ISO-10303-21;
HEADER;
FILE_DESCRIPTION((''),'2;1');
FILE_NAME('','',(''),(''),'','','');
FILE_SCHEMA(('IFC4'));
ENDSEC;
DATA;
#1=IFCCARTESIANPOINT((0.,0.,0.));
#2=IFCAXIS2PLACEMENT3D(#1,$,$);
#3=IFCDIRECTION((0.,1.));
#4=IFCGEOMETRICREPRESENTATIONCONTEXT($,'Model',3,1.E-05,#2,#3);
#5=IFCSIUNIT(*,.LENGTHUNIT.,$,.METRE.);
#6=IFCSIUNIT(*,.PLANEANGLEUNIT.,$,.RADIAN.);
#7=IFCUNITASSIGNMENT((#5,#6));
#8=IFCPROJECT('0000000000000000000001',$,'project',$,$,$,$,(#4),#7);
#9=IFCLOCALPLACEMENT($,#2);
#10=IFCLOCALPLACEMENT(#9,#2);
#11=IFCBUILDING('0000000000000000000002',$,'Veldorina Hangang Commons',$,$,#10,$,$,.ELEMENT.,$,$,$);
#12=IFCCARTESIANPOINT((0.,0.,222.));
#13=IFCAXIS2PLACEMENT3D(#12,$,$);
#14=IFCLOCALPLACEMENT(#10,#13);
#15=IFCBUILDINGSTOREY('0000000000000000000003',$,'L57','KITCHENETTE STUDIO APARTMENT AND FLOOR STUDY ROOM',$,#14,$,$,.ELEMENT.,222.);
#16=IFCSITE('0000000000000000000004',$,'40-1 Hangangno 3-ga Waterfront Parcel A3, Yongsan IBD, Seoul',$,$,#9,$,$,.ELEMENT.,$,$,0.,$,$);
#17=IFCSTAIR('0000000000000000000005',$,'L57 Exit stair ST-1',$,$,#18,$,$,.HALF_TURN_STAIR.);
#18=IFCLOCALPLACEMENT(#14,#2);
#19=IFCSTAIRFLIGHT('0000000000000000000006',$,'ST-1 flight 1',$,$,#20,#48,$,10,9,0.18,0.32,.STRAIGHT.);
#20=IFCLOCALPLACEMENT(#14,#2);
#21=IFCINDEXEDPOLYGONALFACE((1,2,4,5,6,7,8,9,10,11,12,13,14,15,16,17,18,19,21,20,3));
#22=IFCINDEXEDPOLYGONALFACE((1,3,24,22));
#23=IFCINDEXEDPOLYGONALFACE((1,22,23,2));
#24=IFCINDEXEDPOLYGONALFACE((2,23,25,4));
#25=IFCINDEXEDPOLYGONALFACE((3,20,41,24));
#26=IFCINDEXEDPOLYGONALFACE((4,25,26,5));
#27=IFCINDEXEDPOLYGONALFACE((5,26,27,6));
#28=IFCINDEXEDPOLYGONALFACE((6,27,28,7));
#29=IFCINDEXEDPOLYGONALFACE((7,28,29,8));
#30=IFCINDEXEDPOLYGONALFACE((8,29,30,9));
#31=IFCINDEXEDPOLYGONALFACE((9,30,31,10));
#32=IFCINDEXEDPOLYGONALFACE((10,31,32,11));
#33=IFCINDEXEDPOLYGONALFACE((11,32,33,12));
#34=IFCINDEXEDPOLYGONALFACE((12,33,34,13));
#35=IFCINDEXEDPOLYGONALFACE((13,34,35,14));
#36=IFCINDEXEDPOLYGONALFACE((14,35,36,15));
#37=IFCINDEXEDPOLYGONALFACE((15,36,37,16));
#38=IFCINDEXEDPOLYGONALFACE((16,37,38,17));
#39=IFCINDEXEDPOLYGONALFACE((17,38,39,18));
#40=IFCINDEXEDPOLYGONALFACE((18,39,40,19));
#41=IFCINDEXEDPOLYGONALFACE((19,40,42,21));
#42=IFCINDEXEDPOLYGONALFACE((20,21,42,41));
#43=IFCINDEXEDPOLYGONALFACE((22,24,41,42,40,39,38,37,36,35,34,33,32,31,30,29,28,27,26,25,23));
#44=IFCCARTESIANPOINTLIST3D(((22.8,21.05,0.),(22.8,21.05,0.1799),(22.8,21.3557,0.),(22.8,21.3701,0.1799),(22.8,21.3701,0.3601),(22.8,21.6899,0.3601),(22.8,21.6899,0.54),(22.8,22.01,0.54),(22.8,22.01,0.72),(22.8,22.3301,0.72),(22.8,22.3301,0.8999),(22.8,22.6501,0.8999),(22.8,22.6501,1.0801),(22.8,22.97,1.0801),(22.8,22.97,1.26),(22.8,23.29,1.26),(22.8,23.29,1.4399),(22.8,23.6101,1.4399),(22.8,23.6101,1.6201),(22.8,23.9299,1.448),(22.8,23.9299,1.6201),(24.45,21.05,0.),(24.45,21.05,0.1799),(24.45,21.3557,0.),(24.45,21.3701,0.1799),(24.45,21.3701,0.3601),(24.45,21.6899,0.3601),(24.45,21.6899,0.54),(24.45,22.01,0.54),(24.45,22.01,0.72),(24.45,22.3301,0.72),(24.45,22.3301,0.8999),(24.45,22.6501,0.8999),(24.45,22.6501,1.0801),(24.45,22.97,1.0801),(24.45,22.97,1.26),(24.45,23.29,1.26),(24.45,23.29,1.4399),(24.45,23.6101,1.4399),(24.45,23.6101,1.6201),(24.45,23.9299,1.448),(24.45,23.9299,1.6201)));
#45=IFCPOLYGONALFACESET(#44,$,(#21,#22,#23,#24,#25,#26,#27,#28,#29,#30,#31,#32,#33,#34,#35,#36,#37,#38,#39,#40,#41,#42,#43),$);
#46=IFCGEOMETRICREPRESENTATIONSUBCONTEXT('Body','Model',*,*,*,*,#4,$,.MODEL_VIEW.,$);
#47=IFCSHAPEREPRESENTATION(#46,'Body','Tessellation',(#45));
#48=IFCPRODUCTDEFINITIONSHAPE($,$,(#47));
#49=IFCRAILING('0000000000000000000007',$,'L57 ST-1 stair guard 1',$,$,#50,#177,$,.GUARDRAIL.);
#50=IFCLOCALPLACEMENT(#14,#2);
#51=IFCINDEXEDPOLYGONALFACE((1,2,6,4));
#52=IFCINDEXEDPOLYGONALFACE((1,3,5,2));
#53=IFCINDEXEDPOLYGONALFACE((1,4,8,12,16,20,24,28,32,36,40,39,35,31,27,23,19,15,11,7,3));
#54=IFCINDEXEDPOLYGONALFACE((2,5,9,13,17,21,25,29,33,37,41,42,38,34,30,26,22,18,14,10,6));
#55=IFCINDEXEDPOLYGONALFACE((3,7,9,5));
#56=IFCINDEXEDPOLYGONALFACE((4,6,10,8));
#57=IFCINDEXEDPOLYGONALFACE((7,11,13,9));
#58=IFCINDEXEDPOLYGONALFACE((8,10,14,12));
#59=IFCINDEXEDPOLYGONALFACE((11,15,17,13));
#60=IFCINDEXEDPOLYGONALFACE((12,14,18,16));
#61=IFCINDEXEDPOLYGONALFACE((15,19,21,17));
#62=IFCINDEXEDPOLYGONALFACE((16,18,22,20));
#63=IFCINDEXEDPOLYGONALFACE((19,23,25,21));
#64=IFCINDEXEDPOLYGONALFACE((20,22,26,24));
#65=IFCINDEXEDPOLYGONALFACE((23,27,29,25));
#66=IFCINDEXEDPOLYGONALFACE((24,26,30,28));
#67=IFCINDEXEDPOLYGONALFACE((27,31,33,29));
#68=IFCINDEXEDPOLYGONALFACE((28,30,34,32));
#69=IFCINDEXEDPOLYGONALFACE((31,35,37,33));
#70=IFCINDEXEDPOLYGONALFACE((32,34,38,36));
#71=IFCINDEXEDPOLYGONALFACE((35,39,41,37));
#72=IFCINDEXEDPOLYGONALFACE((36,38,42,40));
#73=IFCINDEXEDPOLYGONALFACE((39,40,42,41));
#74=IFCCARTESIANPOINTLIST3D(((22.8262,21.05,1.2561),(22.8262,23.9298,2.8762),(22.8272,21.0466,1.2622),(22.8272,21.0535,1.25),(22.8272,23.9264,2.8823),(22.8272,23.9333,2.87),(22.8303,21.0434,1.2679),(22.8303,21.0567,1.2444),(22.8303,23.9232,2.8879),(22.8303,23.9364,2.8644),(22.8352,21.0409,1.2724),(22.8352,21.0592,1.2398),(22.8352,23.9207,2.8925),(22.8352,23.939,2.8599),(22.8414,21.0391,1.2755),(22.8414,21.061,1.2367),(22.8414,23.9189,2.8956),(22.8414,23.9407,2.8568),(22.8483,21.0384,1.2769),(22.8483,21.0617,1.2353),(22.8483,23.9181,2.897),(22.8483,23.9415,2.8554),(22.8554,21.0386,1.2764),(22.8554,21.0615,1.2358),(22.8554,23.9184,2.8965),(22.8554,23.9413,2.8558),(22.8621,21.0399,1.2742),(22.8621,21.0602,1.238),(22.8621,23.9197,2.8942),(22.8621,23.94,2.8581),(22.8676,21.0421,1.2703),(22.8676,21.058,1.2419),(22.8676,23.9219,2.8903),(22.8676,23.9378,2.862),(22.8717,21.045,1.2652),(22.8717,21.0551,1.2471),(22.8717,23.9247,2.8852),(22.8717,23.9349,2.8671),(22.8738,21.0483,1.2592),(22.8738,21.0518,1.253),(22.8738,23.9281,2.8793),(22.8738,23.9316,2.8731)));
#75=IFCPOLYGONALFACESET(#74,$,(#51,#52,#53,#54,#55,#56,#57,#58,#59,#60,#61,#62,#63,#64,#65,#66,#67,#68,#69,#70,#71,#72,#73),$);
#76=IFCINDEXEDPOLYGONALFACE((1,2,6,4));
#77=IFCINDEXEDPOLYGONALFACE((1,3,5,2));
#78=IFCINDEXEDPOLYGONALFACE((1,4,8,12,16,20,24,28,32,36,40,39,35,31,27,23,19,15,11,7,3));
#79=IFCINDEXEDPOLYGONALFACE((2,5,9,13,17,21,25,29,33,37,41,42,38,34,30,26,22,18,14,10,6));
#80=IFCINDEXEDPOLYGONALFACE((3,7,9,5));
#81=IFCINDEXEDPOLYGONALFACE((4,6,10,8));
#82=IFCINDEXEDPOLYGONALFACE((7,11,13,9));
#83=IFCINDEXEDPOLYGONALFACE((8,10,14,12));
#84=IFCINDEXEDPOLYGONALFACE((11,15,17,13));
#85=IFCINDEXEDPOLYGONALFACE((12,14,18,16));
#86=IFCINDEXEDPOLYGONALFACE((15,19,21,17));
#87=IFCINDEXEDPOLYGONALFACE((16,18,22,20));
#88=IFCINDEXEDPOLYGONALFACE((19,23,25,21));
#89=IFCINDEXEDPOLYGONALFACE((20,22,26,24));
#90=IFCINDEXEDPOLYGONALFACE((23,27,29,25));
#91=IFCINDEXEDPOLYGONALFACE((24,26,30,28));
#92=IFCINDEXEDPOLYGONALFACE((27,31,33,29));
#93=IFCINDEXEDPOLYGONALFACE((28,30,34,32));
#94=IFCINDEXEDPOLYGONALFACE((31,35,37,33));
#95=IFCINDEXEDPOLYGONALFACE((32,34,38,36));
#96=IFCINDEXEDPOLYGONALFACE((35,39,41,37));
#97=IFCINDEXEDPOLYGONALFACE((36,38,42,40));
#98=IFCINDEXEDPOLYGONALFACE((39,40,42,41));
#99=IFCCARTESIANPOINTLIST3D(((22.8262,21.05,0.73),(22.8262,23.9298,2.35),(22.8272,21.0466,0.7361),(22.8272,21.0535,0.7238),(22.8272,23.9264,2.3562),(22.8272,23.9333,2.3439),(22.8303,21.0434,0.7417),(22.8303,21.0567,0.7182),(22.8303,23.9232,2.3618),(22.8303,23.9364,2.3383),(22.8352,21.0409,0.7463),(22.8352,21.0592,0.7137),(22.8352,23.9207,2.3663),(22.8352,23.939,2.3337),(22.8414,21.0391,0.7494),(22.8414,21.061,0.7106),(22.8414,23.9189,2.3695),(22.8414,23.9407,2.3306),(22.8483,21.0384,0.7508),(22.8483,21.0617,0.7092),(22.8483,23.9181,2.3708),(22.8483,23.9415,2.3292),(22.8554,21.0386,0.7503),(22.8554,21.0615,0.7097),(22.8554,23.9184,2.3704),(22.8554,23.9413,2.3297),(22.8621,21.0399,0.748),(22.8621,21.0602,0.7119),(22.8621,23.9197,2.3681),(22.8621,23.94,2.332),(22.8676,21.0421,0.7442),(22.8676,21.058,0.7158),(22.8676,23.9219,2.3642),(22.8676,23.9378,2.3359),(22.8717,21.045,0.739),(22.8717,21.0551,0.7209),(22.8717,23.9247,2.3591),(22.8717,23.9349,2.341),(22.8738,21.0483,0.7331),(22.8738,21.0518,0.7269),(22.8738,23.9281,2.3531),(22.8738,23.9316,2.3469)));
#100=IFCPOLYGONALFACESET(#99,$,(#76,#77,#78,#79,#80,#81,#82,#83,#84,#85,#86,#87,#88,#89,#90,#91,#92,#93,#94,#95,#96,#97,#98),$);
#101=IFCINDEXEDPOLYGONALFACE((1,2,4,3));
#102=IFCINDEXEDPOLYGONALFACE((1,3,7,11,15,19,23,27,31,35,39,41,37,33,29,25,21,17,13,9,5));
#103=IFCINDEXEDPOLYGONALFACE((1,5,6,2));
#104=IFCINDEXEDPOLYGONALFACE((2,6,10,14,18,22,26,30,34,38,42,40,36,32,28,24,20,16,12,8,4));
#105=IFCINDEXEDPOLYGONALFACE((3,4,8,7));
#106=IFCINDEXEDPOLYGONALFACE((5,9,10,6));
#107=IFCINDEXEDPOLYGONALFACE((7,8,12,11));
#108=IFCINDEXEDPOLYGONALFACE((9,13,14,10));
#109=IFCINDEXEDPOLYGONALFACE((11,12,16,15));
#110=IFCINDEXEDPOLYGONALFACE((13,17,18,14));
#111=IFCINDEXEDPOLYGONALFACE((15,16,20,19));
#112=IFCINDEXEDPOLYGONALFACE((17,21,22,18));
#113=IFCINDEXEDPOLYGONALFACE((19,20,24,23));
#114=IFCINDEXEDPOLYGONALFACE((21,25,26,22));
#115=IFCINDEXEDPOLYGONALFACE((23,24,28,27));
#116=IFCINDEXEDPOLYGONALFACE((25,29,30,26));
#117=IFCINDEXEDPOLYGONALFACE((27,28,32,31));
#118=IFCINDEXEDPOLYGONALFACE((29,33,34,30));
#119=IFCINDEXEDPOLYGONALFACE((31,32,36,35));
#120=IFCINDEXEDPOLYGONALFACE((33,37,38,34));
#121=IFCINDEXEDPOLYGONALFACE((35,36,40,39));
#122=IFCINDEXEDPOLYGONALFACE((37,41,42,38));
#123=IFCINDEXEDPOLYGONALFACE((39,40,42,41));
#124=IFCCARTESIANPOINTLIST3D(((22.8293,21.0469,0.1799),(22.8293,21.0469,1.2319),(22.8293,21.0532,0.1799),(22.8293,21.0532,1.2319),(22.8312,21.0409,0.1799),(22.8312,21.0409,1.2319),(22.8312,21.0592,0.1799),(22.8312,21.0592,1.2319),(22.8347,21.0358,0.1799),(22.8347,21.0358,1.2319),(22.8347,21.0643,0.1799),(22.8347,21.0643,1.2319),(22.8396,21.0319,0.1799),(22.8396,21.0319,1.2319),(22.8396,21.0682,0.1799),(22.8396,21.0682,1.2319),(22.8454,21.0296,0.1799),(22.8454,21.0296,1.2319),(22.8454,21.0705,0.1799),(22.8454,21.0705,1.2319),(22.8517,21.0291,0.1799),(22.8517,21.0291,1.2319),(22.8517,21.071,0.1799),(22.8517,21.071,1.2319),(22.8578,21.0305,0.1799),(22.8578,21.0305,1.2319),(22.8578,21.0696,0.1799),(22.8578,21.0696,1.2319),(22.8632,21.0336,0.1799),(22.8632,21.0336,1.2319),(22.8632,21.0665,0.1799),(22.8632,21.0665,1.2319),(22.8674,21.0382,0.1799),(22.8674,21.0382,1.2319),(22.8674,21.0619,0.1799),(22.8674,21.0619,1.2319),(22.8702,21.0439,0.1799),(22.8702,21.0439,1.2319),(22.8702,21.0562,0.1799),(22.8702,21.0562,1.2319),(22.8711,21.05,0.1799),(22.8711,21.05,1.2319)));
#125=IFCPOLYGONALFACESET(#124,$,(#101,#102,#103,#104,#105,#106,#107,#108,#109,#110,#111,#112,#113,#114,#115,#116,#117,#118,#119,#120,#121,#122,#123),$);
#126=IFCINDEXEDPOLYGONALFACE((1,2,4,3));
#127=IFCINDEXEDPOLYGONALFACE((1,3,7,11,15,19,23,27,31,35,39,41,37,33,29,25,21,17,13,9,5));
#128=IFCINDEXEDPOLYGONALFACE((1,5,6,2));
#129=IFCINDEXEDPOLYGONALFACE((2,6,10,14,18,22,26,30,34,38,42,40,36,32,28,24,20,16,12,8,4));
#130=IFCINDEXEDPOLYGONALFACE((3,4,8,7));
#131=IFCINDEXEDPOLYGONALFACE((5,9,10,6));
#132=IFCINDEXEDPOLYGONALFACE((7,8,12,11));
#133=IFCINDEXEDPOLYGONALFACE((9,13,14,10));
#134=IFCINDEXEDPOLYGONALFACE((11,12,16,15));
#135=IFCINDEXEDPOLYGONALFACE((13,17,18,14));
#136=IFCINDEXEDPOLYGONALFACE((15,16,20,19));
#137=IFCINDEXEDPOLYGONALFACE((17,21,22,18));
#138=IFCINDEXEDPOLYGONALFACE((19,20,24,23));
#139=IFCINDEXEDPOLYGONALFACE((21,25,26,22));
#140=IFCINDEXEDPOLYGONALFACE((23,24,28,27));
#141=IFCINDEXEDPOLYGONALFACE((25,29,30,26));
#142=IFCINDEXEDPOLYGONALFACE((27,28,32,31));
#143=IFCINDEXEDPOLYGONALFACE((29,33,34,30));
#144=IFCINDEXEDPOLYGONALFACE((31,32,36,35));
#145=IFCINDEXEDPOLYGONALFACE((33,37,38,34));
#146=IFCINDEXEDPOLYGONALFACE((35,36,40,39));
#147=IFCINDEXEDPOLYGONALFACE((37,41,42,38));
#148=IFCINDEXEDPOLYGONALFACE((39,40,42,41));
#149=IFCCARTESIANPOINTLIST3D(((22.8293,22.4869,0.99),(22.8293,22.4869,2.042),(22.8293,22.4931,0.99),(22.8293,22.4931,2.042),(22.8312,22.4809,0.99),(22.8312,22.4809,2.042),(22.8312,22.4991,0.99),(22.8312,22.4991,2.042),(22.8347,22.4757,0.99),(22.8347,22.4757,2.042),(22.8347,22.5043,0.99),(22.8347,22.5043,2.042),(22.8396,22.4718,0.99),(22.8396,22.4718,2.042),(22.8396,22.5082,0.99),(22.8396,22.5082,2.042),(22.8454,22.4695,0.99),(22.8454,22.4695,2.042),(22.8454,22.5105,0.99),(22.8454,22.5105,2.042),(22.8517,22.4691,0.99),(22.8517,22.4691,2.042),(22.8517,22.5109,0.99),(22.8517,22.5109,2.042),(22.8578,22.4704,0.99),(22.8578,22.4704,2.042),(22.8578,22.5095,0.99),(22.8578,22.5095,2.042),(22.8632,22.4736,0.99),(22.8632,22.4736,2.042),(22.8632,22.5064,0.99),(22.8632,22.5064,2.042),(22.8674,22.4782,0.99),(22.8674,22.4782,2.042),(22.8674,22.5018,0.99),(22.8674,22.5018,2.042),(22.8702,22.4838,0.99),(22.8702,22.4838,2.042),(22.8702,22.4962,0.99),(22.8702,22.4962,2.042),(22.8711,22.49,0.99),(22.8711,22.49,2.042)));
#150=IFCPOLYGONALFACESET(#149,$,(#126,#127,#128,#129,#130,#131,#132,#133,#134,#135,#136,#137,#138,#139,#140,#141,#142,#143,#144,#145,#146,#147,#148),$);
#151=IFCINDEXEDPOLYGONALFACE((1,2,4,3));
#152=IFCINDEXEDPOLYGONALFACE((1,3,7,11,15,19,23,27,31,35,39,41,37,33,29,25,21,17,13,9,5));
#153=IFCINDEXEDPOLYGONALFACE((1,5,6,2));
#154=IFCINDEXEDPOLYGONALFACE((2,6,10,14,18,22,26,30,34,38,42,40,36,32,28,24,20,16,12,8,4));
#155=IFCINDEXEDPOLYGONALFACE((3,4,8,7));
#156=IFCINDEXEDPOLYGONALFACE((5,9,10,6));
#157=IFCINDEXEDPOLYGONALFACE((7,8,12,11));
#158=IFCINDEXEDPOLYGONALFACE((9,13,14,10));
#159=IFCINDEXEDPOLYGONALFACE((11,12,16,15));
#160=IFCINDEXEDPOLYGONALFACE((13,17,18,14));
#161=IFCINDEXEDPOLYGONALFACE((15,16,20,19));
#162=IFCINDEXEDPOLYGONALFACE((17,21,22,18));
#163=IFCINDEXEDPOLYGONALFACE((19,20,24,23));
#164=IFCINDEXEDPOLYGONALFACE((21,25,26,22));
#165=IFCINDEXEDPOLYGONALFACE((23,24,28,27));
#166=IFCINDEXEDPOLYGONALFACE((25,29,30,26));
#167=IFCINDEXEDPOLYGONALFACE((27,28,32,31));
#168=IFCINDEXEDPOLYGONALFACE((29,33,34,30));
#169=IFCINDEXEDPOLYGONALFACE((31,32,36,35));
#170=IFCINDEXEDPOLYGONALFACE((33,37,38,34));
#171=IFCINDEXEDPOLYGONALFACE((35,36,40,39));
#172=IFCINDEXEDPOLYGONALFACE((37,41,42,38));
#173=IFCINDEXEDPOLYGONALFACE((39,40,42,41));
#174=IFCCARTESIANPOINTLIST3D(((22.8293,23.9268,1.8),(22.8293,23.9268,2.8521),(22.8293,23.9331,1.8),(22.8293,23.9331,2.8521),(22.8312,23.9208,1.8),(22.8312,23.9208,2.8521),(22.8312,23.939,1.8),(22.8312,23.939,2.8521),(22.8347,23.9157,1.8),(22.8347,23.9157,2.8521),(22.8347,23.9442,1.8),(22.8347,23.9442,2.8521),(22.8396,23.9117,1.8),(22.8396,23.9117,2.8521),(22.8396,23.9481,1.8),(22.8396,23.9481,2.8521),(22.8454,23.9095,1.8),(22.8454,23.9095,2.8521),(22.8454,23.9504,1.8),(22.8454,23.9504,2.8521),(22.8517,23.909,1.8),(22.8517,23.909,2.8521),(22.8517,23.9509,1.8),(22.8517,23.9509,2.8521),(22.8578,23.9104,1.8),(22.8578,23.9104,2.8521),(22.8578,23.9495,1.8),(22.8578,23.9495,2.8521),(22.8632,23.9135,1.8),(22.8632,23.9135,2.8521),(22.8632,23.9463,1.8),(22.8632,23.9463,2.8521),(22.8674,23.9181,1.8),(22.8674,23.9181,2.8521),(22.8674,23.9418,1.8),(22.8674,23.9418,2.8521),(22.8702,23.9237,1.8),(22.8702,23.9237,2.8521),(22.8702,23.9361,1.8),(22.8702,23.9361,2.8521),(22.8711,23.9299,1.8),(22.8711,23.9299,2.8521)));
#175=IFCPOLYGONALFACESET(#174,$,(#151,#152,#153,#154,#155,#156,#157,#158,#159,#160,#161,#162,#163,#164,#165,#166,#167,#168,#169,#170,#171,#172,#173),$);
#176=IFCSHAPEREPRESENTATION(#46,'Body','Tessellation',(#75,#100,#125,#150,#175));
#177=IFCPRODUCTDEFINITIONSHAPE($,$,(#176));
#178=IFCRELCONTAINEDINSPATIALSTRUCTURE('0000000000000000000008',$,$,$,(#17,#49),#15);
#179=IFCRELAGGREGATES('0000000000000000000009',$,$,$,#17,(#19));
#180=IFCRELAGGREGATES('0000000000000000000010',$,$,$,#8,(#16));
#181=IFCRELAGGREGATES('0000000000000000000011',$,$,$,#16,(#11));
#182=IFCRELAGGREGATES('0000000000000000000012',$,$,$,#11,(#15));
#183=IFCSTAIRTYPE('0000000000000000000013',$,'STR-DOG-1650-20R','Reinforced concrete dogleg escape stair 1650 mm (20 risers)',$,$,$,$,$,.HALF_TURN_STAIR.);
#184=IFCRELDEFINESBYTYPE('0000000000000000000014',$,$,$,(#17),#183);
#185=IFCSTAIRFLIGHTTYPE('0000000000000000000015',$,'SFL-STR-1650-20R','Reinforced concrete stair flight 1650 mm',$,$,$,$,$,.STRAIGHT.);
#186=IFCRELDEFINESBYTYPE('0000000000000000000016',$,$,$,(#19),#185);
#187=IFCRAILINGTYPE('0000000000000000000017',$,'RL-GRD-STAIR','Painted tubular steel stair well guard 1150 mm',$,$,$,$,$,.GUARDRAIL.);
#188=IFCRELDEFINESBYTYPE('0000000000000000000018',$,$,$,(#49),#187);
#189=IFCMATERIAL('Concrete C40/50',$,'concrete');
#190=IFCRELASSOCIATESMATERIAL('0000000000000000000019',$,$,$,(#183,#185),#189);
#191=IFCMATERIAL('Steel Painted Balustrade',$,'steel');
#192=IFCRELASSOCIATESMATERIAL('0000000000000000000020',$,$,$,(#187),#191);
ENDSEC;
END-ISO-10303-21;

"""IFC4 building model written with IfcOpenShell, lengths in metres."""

from ifc_helpers import new_model, si_unit, direction, frame, origin, origin_2d, place, context, subcontext, project, spatial, polyline, circle, outline, extrude, material, type_object, element, aggregate, save


model = new_model("IFC4")

# Units and contexts
model_context = context("Model", 3, precision=1e-05, world=origin(), true_north=direction((0.0, 1.0)))
body_context = subcontext(model_context, "Body", "Model", "MODEL_VIEW")
ifc_project = project(units=[si_unit("LENGTHUNIT", "METRE"), si_unit("PLANEANGLEUNIT", "RADIAN")], contexts=[model_context])

# Site, building, storey
site_placement = place(None, origin())
site = spatial("IfcSite", under=ifc_project, at=site_placement, Name="40-1 Hangangno 3-ga Waterfront Parcel A3, Yongsan IBD, Seoul", CompositionType="ELEMENT", RefElevation=0.0)
building_placement = place(site_placement, origin())
building = spatial("IfcBuilding", under=site, at=building_placement, Name="Veldorina Hangang Commons", CompositionType="ELEMENT")
storey_placement = place(building_placement, frame((0.0, 0.0, 222.0)))
storey = spatial("IfcBuildingStorey", under=building, at=storey_placement, Name="L57", Description="KITCHENETTE STUDIO APARTMENT AND FLOOR STUDY ROOM", CompositionType="ELEMENT", Elevation=222.0)

# Stair, stair flight
ifc_material_1 = material(Name="Concrete C40/50", Category="concrete")
stair_type = type_object("IfcStairType", Name="STR-DOG-1650-20R", Description="Reinforced concrete dogleg escape stair 1650 mm (20 risers)", PredefinedType="HALF_TURN_STAIR", material=ifc_material_1)
stair_placement = place(storey_placement, origin())
stair = element("IfcStair", 1, at=stair_placement, inside=storey, type_object=stair_type, Name="L57 Exit stair ST-1", PredefinedType="HALF_TURN_STAIR")
stair_flight_type = type_object("IfcStairFlightType", Name="SFL-STR-1650-20R", Description="Reinforced concrete stair flight 1650 mm", PredefinedType="STRAIGHT", material=ifc_material_1)
stair_flight_placement = place(storey_placement, frame((23.625, 21.05, 0.0), z_axis=(0.0, 0.0, 1.0), x_axis=(0.0, 1.0, 0.0)))
stair_flight = element("IfcStairFlight", 2, at=stair_flight_placement, type_object=stair_flight_type, Name="ST-1 flight 1", NumberOfRisers=10, NumberOfTreads=9, PredefinedType="STRAIGHT", RiserHeight=0.18, TreadLength=0.32, context=body_context, shape_type="SweptSolid", body=[
    extrude(outline(polyline([(0.0, 0.0), (0.0, 0.1799), (0.3201, 0.1799), (0.3201, 0.3601), (0.6399, 0.3601), (0.6399, 0.54), (0.96, 0.54), (0.96, 0.72), (1.28, 0.72), (1.28, 0.8999), (1.6001, 0.8999), (1.6001, 1.0801), (1.9199, 1.0801), (1.9199, 1.26), (2.24, 1.26), (2.24, 1.4399), (2.5601, 1.4399), (2.5601, 1.6201), (2.8799, 1.6201), (2.8799, 1.8), (2.8799, 1.448), (0.3057, 0.0), (0.0, 0.0)])), frame((0.0, 0.825, 0.0), z_axis=(0.0, -1.0, 0.0), x_axis=(1.0, 0.0, 0.0)), (0.0, 0.0, 1.0), 1.6499),
])
aggregate(stair, [stair_flight])

# Railing
ifc_material_2 = material(Name="Steel Painted Balustrade", Category="steel")
railing_type_1 = type_object("IfcRailingType", Name="RL-GRD-STAIR", Description="Painted tubular steel stair well guard 1150 mm", PredefinedType="GUARDRAIL", material=ifc_material_2)
railing_1_placement = place(storey_placement, frame((22.8501, 21.05, 0.1799)))
element("IfcRailing", 3, at=railing_1_placement, inside=storey, type_object=railing_type_1, Name="L57 ST-1 stair guard 1", PredefinedType="GUARDRAIL", context=body_context, shape_type="SweptSolid", body=[
    extrude(circle(Radius=0.0239, at=origin_2d()), frame((0.0, 0.0, 1.0762), z_axis=(0.0, 0.871552, 0.490303), x_axis=(-1.0, 0.0, 0.0)), (0.0, 0.0, 1.0), 3.3042),
    extrude(circle(Radius=0.0239, at=origin_2d()), frame((0.0, 0.0, 0.55), z_axis=(0.0, 0.871552, 0.490303), x_axis=(-1.0, 0.0, 0.0)), (0.0, 0.0, 1.0), 3.3042),
    extrude(circle(Radius=0.021, at=origin_2d()), origin(), (0.0, 0.0, 1.0), 1.052),
    extrude(circle(Radius=0.021, at=origin_2d()), frame((0.0, 1.4399, 0.8101)), (0.0, 0.0, 1.0), 1.052),
    extrude(circle(Radius=0.021, at=origin_2d()), frame((0.0, 2.8799, 1.6201)), (0.0, 0.0, 1.0), 1.052),
])

save(model, "model.ifc")
